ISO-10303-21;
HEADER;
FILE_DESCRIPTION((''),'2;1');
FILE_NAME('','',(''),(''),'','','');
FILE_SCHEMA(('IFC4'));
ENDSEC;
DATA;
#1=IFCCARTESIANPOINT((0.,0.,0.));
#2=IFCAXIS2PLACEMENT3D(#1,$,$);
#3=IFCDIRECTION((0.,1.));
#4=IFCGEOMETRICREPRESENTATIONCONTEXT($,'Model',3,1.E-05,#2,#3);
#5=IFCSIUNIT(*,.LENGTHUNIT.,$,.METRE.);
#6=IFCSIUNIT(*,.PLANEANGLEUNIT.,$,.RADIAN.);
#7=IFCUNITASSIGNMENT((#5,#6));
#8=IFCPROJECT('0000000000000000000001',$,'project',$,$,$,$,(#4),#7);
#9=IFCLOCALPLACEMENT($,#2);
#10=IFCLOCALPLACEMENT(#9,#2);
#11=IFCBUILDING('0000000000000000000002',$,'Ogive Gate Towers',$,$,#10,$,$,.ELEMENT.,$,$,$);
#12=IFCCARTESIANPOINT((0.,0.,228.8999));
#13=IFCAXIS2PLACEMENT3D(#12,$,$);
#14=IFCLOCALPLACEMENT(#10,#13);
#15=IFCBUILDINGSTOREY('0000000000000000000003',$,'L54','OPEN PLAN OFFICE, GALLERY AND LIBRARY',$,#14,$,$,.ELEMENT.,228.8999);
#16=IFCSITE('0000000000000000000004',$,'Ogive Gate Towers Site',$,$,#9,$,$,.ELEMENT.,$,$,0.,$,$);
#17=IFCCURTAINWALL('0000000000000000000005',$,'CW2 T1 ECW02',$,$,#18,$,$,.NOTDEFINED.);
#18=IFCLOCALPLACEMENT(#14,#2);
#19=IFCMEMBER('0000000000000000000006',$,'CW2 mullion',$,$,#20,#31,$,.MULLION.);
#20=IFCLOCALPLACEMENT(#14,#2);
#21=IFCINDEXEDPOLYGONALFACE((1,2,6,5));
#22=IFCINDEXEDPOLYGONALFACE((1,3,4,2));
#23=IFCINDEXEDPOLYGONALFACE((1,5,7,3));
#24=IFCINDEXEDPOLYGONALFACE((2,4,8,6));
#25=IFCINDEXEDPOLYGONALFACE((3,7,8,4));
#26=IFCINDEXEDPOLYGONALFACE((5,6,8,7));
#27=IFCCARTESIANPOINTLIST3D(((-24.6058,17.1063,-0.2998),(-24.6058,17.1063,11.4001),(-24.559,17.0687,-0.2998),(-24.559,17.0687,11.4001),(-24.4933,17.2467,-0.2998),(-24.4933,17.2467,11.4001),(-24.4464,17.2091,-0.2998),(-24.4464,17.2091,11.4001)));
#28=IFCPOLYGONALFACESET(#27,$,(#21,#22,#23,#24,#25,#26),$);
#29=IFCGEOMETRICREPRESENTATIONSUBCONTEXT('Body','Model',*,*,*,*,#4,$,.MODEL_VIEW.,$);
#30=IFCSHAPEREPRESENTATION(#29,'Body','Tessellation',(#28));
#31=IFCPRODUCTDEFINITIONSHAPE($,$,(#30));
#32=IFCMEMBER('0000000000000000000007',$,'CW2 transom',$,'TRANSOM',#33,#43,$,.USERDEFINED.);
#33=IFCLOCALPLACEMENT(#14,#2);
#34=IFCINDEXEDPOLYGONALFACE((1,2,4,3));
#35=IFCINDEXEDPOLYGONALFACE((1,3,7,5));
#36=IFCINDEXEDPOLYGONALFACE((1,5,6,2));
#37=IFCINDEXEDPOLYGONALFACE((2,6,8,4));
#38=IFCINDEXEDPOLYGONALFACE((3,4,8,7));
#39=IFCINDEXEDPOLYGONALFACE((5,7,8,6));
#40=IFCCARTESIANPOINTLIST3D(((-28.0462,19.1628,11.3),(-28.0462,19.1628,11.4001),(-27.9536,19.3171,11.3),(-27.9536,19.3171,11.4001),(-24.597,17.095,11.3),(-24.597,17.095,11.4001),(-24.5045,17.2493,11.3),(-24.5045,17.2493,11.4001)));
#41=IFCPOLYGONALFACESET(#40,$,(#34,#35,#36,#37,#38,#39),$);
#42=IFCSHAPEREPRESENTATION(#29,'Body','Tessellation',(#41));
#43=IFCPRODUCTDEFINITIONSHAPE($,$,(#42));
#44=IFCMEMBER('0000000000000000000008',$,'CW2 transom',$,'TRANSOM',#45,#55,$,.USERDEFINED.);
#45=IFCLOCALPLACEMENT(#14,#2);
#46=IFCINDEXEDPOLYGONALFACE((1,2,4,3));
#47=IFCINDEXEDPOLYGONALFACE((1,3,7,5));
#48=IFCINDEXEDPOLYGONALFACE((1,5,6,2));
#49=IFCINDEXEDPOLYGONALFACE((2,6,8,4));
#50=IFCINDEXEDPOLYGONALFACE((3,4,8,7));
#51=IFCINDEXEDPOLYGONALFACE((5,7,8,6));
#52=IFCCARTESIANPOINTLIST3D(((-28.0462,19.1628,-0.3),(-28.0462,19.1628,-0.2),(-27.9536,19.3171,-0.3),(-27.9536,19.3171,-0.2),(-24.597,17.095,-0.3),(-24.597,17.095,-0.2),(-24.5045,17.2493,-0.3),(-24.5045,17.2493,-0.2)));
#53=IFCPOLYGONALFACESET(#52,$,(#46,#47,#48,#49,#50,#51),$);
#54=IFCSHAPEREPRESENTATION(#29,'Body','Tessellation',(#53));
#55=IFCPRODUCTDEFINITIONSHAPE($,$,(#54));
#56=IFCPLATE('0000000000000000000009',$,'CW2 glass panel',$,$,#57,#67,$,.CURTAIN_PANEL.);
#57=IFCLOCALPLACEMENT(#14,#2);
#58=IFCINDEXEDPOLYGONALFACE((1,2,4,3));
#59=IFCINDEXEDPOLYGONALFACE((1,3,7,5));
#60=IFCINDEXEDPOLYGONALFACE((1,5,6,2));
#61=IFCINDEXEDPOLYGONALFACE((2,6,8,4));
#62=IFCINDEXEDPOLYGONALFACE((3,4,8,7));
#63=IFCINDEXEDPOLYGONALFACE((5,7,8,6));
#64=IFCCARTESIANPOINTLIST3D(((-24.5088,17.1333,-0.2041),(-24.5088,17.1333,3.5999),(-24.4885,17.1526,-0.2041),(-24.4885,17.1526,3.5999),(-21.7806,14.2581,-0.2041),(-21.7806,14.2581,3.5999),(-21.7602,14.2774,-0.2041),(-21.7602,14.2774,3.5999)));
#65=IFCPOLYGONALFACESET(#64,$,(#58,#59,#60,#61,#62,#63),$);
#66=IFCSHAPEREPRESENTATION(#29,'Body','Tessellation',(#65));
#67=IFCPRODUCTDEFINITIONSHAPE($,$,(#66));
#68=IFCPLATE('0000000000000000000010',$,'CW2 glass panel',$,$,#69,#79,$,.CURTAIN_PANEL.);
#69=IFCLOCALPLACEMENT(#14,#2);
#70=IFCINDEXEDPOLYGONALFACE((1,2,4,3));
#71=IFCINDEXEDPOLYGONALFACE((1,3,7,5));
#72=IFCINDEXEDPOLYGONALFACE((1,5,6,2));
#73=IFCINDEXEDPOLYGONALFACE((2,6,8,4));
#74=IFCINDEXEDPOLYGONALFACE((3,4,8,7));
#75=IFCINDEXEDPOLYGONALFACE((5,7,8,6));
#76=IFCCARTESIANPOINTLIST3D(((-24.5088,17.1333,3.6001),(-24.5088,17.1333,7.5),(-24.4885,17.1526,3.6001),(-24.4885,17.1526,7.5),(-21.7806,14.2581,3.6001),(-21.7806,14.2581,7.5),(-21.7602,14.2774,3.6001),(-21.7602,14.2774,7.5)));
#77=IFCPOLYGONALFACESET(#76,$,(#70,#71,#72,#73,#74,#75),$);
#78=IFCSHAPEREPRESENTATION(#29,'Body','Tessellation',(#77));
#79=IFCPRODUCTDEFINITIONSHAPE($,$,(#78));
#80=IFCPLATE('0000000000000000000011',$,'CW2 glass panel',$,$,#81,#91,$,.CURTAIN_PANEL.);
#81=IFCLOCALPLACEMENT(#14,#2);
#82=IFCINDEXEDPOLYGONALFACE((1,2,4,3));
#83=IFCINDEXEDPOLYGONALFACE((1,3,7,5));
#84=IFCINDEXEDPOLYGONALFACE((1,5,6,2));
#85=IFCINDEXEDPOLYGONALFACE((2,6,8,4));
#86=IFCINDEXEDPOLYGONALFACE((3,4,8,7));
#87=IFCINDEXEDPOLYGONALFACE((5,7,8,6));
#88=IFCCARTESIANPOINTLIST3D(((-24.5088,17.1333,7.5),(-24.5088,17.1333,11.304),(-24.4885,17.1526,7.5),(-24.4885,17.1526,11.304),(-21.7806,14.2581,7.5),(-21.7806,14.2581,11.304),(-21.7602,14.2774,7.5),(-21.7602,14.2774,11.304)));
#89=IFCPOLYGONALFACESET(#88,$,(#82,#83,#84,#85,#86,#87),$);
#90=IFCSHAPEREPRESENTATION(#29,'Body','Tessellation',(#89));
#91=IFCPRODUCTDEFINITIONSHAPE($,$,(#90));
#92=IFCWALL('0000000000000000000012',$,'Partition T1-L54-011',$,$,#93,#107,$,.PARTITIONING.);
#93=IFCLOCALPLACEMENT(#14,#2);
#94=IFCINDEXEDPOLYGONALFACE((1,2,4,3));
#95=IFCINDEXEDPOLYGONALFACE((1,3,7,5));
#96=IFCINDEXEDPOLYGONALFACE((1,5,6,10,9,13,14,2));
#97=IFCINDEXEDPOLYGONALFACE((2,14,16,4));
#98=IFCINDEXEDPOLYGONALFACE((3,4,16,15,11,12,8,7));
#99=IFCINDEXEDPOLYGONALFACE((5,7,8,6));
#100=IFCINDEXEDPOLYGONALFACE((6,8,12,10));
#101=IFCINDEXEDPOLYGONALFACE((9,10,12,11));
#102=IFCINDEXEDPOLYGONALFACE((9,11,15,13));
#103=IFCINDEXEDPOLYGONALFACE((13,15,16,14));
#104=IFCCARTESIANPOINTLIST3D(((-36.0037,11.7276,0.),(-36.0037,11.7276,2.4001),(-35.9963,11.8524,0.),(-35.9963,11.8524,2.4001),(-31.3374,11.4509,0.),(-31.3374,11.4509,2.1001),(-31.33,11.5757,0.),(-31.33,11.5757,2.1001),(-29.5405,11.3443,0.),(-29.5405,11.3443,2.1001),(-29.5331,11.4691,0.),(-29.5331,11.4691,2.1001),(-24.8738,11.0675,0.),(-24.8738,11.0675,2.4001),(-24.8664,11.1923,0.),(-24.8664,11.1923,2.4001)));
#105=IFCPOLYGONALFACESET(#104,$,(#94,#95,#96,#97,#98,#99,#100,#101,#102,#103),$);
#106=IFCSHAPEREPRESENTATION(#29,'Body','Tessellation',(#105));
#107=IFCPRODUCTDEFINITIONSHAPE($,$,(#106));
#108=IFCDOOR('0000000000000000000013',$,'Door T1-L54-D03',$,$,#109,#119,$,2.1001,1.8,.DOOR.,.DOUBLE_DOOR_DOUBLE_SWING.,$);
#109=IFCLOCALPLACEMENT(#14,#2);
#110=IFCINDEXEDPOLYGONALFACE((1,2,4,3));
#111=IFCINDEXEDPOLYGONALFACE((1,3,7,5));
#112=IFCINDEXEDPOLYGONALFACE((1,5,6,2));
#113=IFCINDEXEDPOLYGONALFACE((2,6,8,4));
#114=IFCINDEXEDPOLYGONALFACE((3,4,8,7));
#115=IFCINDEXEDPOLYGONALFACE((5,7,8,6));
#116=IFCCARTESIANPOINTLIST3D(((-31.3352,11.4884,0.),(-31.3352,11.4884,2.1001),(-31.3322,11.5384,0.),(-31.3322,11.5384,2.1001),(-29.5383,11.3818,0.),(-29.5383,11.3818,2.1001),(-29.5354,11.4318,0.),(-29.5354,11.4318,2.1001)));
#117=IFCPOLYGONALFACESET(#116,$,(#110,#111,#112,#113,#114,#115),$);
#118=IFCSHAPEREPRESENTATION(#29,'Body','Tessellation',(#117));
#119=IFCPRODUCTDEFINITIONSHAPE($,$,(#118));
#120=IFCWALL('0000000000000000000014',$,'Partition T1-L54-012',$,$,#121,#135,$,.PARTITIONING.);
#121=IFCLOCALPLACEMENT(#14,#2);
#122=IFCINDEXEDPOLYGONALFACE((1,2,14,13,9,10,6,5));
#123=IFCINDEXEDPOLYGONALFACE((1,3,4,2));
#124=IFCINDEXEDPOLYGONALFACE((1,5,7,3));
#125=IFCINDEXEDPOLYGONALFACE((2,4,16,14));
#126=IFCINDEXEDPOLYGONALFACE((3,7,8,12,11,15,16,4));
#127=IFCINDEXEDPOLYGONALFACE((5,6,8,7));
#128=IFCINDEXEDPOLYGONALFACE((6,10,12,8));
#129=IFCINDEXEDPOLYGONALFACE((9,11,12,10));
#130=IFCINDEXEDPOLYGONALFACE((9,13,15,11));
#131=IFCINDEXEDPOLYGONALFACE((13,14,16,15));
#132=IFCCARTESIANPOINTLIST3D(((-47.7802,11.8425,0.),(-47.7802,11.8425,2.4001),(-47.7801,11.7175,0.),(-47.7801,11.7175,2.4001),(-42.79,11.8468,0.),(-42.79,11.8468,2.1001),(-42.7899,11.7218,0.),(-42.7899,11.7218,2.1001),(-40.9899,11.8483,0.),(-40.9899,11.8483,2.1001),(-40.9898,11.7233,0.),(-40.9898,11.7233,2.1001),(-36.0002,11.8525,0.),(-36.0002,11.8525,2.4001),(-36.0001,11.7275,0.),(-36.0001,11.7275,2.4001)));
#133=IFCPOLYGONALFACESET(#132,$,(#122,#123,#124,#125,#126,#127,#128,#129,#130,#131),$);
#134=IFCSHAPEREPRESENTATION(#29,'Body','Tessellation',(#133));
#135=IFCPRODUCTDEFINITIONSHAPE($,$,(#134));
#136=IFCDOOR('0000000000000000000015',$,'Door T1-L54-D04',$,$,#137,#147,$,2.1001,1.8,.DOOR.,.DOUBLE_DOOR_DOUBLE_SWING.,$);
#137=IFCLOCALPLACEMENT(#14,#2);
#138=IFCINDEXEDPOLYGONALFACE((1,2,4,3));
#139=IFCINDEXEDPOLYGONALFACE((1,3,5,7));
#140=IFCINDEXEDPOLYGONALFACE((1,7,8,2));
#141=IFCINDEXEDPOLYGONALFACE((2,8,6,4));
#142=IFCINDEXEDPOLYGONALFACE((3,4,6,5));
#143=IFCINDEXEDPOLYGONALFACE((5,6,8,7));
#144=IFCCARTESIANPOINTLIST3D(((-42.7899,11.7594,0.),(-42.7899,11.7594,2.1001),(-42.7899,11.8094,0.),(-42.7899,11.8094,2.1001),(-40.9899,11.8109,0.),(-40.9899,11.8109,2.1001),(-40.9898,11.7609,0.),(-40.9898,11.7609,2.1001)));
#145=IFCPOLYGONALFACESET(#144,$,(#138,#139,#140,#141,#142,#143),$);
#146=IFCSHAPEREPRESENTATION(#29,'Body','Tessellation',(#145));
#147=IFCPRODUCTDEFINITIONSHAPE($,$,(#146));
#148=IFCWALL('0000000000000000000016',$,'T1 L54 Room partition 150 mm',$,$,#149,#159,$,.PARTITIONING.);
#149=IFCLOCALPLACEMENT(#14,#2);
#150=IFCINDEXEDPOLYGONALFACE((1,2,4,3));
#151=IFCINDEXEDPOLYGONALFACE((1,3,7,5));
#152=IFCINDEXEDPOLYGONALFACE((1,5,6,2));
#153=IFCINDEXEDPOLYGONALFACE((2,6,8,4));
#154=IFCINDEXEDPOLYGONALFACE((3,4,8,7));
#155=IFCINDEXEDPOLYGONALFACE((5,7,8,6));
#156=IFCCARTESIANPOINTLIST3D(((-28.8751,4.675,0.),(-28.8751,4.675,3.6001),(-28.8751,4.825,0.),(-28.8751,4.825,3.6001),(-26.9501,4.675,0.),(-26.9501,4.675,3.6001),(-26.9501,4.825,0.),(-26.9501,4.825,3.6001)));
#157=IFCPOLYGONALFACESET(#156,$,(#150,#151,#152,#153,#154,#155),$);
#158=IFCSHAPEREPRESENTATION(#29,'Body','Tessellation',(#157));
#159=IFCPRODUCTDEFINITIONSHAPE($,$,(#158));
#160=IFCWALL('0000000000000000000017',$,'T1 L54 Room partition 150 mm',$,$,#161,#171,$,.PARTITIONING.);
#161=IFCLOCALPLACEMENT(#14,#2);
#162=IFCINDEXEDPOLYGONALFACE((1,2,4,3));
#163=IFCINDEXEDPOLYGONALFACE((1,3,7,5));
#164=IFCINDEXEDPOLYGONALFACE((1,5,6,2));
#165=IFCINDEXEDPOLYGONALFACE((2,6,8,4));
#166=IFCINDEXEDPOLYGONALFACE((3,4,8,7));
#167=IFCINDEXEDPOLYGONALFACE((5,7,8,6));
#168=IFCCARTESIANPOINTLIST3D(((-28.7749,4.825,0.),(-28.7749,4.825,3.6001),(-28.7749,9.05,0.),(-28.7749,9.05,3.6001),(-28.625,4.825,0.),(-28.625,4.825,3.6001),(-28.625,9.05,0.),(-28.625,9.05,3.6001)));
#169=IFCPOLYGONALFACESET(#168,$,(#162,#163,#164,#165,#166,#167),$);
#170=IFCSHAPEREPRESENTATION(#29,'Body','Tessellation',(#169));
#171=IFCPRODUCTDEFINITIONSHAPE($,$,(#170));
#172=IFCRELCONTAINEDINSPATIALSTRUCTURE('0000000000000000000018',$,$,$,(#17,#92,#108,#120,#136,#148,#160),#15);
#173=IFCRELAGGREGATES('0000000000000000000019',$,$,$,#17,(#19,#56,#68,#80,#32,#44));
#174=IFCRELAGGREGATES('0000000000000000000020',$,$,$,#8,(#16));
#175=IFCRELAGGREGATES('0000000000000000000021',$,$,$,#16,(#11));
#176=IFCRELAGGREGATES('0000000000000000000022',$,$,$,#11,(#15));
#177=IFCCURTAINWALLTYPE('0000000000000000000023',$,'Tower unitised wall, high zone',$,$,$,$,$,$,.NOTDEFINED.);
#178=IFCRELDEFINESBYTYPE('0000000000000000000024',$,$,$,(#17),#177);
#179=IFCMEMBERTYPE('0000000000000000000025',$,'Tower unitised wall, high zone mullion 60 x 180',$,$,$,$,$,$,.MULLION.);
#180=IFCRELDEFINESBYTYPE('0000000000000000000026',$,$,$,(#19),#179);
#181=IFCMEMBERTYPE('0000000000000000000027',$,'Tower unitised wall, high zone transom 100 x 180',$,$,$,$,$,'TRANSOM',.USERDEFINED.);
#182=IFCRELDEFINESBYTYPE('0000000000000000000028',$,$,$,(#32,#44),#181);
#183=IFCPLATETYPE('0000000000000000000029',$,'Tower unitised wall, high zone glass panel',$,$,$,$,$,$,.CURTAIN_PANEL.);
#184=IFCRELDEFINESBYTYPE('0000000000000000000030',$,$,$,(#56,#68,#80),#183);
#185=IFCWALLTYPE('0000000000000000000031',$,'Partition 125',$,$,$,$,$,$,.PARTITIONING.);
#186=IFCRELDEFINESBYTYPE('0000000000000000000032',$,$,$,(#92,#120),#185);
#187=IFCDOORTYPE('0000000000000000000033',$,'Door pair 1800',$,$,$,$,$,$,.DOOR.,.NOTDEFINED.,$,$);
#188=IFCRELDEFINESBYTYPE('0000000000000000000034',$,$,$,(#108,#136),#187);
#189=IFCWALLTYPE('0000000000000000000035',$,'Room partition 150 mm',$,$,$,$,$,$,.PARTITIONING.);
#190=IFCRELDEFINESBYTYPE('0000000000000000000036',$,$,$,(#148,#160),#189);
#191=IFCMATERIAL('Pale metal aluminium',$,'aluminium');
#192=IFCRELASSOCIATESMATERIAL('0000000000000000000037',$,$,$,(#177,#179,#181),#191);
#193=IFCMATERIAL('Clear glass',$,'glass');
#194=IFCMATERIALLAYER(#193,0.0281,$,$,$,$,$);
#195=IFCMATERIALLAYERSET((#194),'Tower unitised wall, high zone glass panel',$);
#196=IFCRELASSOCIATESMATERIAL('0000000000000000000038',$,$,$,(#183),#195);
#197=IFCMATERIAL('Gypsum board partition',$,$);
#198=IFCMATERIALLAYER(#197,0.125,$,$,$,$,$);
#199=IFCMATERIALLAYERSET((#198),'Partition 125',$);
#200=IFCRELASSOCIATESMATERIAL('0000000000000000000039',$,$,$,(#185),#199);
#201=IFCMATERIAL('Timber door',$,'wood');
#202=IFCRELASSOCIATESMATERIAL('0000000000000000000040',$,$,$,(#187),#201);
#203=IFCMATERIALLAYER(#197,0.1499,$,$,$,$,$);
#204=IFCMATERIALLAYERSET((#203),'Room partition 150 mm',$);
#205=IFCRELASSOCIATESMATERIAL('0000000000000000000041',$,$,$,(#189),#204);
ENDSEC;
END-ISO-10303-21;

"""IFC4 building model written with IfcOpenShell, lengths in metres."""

from ifc_helpers import new_model, si_unit, direction, frame, frame_2d, origin, origin_2d, place, context, subcontext, project, spatial, rectangle, extrude, material, layer, layer_set, material_profile, profile_set, type_object, element, fill, aggregate, save


model = new_model("IFC4")

# Units and contexts
model_context = context("Model", 3, precision=1e-05, world=origin(), true_north=direction((0.0, 1.0)))
body_context = subcontext(model_context, "Body", "Model", "MODEL_VIEW")
ifc_project = project(units=[si_unit("LENGTHUNIT", "METRE"), si_unit("PLANEANGLEUNIT", "RADIAN")], contexts=[model_context])

# Site, building, storey
site_placement = place(None, origin())
site = spatial("IfcSite", under=ifc_project, at=site_placement, Name="Ogive Gate Towers Site", CompositionType="ELEMENT", RefElevation=0.0)
building_placement = place(site_placement, origin())
building = spatial("IfcBuilding", under=site, at=building_placement, Name="Ogive Gate Towers", CompositionType="ELEMENT")
storey_placement = place(building_placement, frame((0.0, 0.0, 228.8999)))
storey = spatial("IfcBuildingStorey", under=building, at=storey_placement, Name="L54", Description="OPEN PLAN OFFICE, GALLERY AND LIBRARY", CompositionType="ELEMENT", Elevation=228.8999)

# Curtain wall, members, plates
ifc_material_1 = material(Name="Pale metal aluminium", Category="aluminium")
curtain_wall_type = type_object("IfcCurtainWallType", Name="Tower unitised wall, high zone", PredefinedType="NOTDEFINED", material=ifc_material_1)
curtain_wall_placement = place(storey_placement, origin())
curtain_wall = element("IfcCurtainWall", 1, at=curtain_wall_placement, inside=storey, type_object=curtain_wall_type, Name="CW2 T1 ECW02", PredefinedType="NOTDEFINED")
ifc_material_profile_1 = material_profile(ifc_material_1, rectangle(XDim=0.1799, YDim=0.0601, at=origin_2d()), Name="60 x 180 aluminium box")
ifc_profile_set_1 = profile_set([ifc_material_profile_1], Name="Pale metal aluminium")
member_type_1 = type_object("IfcMemberType", Name="Tower unitised wall, high zone mullion 60 x 180", PredefinedType="MULLION", material=ifc_profile_set_1)
member_1_placement = place(storey_placement, frame((-24.5261, 17.1577, -0.2998), z_axis=(0.0, 0.0, 1.0), x_axis=(0.625529, 0.780201, 0.0)))
member_1 = element("IfcMember", 2, at=member_1_placement, type_object=member_type_1, Name="CW2 mullion", PredefinedType="MULLION", context=body_context, shape_type="SweptSolid", body=[
    extrude(rectangle(XDim=0.1799, YDim=0.0601, at=origin_2d()), origin(), (0.0, 0.0, 1.0), 11.7),
])
ifc_material_profile_2 = material_profile(ifc_material_1, rectangle(XDim=0.1799, YDim=0.1001, at=origin_2d()), Name="100 x 180 aluminium box")
ifc_profile_set_2 = profile_set([ifc_material_profile_2], Name="Pale metal aluminium")
member_type_2 = type_object("IfcMemberType", Name="Tower unitised wall, high zone transom 100 x 180", ElementType="TRANSOM", PredefinedType="USERDEFINED", material=ifc_profile_set_2)
member_2_placement = place(storey_placement, frame((-24.5508, 17.1721, 11.3501), z_axis=(-0.857675, 0.514192, 0.0), x_axis=(-0.514192, -0.857675, 0.0)))
member_2 = element("IfcMember", 3, at=member_2_placement, type_object=member_type_2, Name="CW2 transom", ObjectType="TRANSOM", PredefinedType="USERDEFINED", context=body_context, shape_type="SweptSolid", body=[
    extrude(rectangle(XDim=0.1799, YDim=0.1001, at=origin_2d()), origin(), (0.0, 0.0, 1.0), 4.0215),
])
member_3_placement = place(storey_placement, frame((-24.5508, 17.1721, -0.25), z_axis=(-0.857675, 0.514192, 0.0), x_axis=(-0.514192, -0.857675, 0.0)))
member_3 = element("IfcMember", 4, at=member_3_placement, type_object=member_type_2, Name="CW2 transom", ObjectType="TRANSOM", PredefinedType="USERDEFINED", context=body_context, shape_type="SweptSolid", body=[
    extrude(rectangle(XDim=0.1799, YDim=0.1001, at=origin_2d()), origin(), (0.0, 0.0, 1.0), 4.0215),
])
ifc_material_2 = material(Name="Clear glass", Category="glass")
ifc_layer_1 = layer(ifc_material_2, 0.0281)
ifc_layer_set_1 = layer_set([ifc_layer_1], Name="Tower unitised wall, high zone glass panel")
plate_type = type_object("IfcPlateType", Name="Tower unitised wall, high zone glass panel", PredefinedType="CURTAIN_PANEL", material=ifc_layer_set_1)
plate_1_placement = place(storey_placement, frame((-23.1345, 15.7053, -0.2041), z_axis=(0.0, 0.0, 1.0), x_axis=(-0.688329, 0.725398, 0.0)))
plate_1 = element("IfcPlate", 5, at=plate_1_placement, type_object=plate_type, Name="CW2 glass panel", PredefinedType="CURTAIN_PANEL", context=body_context, shape_type="SweptSolid", body=[
    extrude(rectangle(XDim=3.9636, YDim=0.0281, at=origin_2d()), origin(), (0.0, 0.0, 1.0), 3.804),
])
plate_2_placement = place(storey_placement, frame((-23.1345, 15.7053, 3.6001), z_axis=(0.0, 0.0, 1.0), x_axis=(-0.688329, 0.725398, 0.0)))
plate_2 = element("IfcPlate", 6, at=plate_2_placement, type_object=plate_type, Name="CW2 glass panel", PredefinedType="CURTAIN_PANEL", context=body_context, shape_type="SweptSolid", body=[
    extrude(rectangle(XDim=3.9636, YDim=0.0281, at=origin_2d()), origin(), (0.0, 0.0, 1.0), 3.8999),
])
plate_3_placement = place(storey_placement, frame((-23.1345, 15.7053, 7.5), z_axis=(0.0, 0.0, 1.0), x_axis=(-0.688329, 0.725398, 0.0)))
plate_3 = element("IfcPlate", 7, at=plate_3_placement, type_object=plate_type, Name="CW2 glass panel", PredefinedType="CURTAIN_PANEL", context=body_context, shape_type="SweptSolid", body=[
    extrude(rectangle(XDim=3.9636, YDim=0.0281, at=origin_2d()), origin(), (0.0, 0.0, 1.0), 3.804),
])
aggregate(curtain_wall, [member_1, plate_1, plate_2, plate_3, member_2, member_3])

# Walls, openings, doors
ifc_material_3 = material(Name="Gypsum board partition")
ifc_layer_2 = layer(ifc_material_3, 0.125)
ifc_layer_set_2 = layer_set([ifc_layer_2], Name="Partition 125")
wall_type_1 = type_object("IfcWallType", Name="Partition 125", PredefinedType="PARTITIONING", material=ifc_layer_set_2)
wall_1_placement = place(storey_placement, frame((-24.8701, 11.1299, 0.0), z_axis=(0.0, 0.0, 1.0), x_axis=(-0.998246, 0.05921, 0.0)))
wall_1 = element("IfcWall", 8, at=wall_1_placement, inside=storey, type_object=wall_type_1, Name="Partition T1-L54-011", PredefinedType="PARTITIONING", context=body_context, shape_type="SweptSolid", body=[
    extrude(rectangle(XDim=11.1494, YDim=0.125, at=frame_2d((5.5747, 0.0))), origin(), (0.0, 0.0, 1.0), 2.4001),
])
opening_1_placement = place(wall_1_placement, frame((4.675, 0.0, 0.0)))
opening_1 = element("IfcOpeningElement", 9, at=opening_1_placement, cuts=wall_1, PredefinedType="OPENING", context=body_context, shape_type="SweptSolid", body=[
    extrude(rectangle(XDim=1.8, YDim=2.1001, at=frame_2d((0.8999, 1.05))), frame((0.0, 0.0725, 0.0), z_axis=(0.0, -1.0, 0.0), x_axis=(1.0, 0.0, 0.0)), (0.0, 0.0, 1.0), 0.145),
])
ifc_material_4 = material(Name="Timber door", Category="wood")
door_type_1 = type_object("IfcDoorType", Name="Door pair 1800", OperationType="NOTDEFINED", PredefinedType="DOOR", material=ifc_material_4)
door_1_placement = place(opening_1_placement, origin())
door_1 = element("IfcDoor", 10, at=door_1_placement, inside=storey, type_object=door_type_1, Name="Door T1-L54-D03", OperationType="DOUBLE_DOOR_DOUBLE_SWING", OverallHeight=2.1001, OverallWidth=1.8, PredefinedType="DOOR", context=body_context, shape_type="SweptSolid", body=[
    extrude(rectangle(XDim=1.8, YDim=2.1001, at=frame_2d((0.8999, 1.05))), frame((0.0, 0.0249, 0.0), z_axis=(0.0, -1.0, 0.0), x_axis=(1.0, 0.0, 0.0)), (0.0, 0.0, 1.0), 0.05),
])
fill(opening_1, door_1)
wall_2_placement = place(storey_placement, frame((-36.0, 11.79, 0.0), z_axis=(0.0, 0.0, 1.0), x_axis=(-1.0, -0.00085, 0.0)))
wall_2 = element("IfcWall", 11, at=wall_2_placement, inside=storey, type_object=wall_type_1, Name="Partition T1-L54-012", PredefinedType="PARTITIONING", context=body_context, shape_type="SweptSolid", body=[
    extrude(rectangle(XDim=11.78, YDim=0.125, at=frame_2d((5.8901, 0.0))), origin(), (0.0, 0.0, 1.0), 2.4001),
])
opening_2_placement = place(wall_2_placement, frame((4.99, 0.0, 0.0)))
opening_2 = element("IfcOpeningElement", 12, at=opening_2_placement, cuts=wall_2, PredefinedType="OPENING", context=body_context, shape_type="SweptSolid", body=[
    extrude(rectangle(XDim=1.8, YDim=2.1001, at=frame_2d((0.8999, 1.05))), frame((0.0, 0.0725, 0.0), z_axis=(0.0, -1.0, 0.0), x_axis=(1.0, 0.0, 0.0)), (0.0, 0.0, 1.0), 0.145),
])
door_2_placement = place(opening_2_placement, origin())
door_2 = element("IfcDoor", 13, at=door_2_placement, inside=storey, type_object=door_type_1, Name="Door T1-L54-D04", OperationType="DOUBLE_DOOR_DOUBLE_SWING", OverallHeight=2.1001, OverallWidth=1.8, PredefinedType="DOOR", context=body_context, shape_type="SweptSolid", body=[
    extrude(rectangle(XDim=1.8, YDim=2.1001, at=frame_2d((0.8999, 1.05))), frame((0.0, 0.0249, 0.0), z_axis=(0.0, -1.0, 0.0), x_axis=(1.0, 0.0, 0.0)), (0.0, 0.0, 1.0), 0.05),
])
fill(opening_2, door_2)

# Walls
ifc_layer_3 = layer(ifc_material_3, 0.1499)
ifc_layer_set_3 = layer_set([ifc_layer_3], Name="Room partition 150 mm")
wall_type_2 = type_object("IfcWallType", Name="Room partition 150 mm", PredefinedType="PARTITIONING", material=ifc_layer_set_3)
wall_3_placement = place(storey_placement, frame((-28.875, 4.75, 0.0), z_axis=(0.0, 0.0, 1.0), x_axis=(1.0, 0.0, 0.0)))
element("IfcWall", 14, at=wall_3_placement, inside=storey, type_object=wall_type_2, Name="T1 L54 Room partition 150 mm", PredefinedType="PARTITIONING", context=body_context, shape_type="SweptSolid", body=[
    extrude(rectangle(XDim=1.925, YDim=0.1499, at=frame_2d((0.9624, 0.0))), origin(), (0.0, 0.0, 1.0), 3.6001),
])
wall_4_placement = place(storey_placement, frame((-28.7, 4.825, 0.0), z_axis=(0.0, 0.0, 1.0), x_axis=(0.0, 1.0, 0.0)))
element("IfcWall", 15, at=wall_4_placement, inside=storey, type_object=wall_type_2, Name="T1 L54 Room partition 150 mm", PredefinedType="PARTITIONING", context=body_context, shape_type="SweptSolid", body=[
    extrude(rectangle(XDim=4.2251, YDim=0.1499, at=frame_2d((2.1125, 0.0))), origin(), (0.0, 0.0, 1.0), 3.6001),
])

save(model, "model.ifc")
